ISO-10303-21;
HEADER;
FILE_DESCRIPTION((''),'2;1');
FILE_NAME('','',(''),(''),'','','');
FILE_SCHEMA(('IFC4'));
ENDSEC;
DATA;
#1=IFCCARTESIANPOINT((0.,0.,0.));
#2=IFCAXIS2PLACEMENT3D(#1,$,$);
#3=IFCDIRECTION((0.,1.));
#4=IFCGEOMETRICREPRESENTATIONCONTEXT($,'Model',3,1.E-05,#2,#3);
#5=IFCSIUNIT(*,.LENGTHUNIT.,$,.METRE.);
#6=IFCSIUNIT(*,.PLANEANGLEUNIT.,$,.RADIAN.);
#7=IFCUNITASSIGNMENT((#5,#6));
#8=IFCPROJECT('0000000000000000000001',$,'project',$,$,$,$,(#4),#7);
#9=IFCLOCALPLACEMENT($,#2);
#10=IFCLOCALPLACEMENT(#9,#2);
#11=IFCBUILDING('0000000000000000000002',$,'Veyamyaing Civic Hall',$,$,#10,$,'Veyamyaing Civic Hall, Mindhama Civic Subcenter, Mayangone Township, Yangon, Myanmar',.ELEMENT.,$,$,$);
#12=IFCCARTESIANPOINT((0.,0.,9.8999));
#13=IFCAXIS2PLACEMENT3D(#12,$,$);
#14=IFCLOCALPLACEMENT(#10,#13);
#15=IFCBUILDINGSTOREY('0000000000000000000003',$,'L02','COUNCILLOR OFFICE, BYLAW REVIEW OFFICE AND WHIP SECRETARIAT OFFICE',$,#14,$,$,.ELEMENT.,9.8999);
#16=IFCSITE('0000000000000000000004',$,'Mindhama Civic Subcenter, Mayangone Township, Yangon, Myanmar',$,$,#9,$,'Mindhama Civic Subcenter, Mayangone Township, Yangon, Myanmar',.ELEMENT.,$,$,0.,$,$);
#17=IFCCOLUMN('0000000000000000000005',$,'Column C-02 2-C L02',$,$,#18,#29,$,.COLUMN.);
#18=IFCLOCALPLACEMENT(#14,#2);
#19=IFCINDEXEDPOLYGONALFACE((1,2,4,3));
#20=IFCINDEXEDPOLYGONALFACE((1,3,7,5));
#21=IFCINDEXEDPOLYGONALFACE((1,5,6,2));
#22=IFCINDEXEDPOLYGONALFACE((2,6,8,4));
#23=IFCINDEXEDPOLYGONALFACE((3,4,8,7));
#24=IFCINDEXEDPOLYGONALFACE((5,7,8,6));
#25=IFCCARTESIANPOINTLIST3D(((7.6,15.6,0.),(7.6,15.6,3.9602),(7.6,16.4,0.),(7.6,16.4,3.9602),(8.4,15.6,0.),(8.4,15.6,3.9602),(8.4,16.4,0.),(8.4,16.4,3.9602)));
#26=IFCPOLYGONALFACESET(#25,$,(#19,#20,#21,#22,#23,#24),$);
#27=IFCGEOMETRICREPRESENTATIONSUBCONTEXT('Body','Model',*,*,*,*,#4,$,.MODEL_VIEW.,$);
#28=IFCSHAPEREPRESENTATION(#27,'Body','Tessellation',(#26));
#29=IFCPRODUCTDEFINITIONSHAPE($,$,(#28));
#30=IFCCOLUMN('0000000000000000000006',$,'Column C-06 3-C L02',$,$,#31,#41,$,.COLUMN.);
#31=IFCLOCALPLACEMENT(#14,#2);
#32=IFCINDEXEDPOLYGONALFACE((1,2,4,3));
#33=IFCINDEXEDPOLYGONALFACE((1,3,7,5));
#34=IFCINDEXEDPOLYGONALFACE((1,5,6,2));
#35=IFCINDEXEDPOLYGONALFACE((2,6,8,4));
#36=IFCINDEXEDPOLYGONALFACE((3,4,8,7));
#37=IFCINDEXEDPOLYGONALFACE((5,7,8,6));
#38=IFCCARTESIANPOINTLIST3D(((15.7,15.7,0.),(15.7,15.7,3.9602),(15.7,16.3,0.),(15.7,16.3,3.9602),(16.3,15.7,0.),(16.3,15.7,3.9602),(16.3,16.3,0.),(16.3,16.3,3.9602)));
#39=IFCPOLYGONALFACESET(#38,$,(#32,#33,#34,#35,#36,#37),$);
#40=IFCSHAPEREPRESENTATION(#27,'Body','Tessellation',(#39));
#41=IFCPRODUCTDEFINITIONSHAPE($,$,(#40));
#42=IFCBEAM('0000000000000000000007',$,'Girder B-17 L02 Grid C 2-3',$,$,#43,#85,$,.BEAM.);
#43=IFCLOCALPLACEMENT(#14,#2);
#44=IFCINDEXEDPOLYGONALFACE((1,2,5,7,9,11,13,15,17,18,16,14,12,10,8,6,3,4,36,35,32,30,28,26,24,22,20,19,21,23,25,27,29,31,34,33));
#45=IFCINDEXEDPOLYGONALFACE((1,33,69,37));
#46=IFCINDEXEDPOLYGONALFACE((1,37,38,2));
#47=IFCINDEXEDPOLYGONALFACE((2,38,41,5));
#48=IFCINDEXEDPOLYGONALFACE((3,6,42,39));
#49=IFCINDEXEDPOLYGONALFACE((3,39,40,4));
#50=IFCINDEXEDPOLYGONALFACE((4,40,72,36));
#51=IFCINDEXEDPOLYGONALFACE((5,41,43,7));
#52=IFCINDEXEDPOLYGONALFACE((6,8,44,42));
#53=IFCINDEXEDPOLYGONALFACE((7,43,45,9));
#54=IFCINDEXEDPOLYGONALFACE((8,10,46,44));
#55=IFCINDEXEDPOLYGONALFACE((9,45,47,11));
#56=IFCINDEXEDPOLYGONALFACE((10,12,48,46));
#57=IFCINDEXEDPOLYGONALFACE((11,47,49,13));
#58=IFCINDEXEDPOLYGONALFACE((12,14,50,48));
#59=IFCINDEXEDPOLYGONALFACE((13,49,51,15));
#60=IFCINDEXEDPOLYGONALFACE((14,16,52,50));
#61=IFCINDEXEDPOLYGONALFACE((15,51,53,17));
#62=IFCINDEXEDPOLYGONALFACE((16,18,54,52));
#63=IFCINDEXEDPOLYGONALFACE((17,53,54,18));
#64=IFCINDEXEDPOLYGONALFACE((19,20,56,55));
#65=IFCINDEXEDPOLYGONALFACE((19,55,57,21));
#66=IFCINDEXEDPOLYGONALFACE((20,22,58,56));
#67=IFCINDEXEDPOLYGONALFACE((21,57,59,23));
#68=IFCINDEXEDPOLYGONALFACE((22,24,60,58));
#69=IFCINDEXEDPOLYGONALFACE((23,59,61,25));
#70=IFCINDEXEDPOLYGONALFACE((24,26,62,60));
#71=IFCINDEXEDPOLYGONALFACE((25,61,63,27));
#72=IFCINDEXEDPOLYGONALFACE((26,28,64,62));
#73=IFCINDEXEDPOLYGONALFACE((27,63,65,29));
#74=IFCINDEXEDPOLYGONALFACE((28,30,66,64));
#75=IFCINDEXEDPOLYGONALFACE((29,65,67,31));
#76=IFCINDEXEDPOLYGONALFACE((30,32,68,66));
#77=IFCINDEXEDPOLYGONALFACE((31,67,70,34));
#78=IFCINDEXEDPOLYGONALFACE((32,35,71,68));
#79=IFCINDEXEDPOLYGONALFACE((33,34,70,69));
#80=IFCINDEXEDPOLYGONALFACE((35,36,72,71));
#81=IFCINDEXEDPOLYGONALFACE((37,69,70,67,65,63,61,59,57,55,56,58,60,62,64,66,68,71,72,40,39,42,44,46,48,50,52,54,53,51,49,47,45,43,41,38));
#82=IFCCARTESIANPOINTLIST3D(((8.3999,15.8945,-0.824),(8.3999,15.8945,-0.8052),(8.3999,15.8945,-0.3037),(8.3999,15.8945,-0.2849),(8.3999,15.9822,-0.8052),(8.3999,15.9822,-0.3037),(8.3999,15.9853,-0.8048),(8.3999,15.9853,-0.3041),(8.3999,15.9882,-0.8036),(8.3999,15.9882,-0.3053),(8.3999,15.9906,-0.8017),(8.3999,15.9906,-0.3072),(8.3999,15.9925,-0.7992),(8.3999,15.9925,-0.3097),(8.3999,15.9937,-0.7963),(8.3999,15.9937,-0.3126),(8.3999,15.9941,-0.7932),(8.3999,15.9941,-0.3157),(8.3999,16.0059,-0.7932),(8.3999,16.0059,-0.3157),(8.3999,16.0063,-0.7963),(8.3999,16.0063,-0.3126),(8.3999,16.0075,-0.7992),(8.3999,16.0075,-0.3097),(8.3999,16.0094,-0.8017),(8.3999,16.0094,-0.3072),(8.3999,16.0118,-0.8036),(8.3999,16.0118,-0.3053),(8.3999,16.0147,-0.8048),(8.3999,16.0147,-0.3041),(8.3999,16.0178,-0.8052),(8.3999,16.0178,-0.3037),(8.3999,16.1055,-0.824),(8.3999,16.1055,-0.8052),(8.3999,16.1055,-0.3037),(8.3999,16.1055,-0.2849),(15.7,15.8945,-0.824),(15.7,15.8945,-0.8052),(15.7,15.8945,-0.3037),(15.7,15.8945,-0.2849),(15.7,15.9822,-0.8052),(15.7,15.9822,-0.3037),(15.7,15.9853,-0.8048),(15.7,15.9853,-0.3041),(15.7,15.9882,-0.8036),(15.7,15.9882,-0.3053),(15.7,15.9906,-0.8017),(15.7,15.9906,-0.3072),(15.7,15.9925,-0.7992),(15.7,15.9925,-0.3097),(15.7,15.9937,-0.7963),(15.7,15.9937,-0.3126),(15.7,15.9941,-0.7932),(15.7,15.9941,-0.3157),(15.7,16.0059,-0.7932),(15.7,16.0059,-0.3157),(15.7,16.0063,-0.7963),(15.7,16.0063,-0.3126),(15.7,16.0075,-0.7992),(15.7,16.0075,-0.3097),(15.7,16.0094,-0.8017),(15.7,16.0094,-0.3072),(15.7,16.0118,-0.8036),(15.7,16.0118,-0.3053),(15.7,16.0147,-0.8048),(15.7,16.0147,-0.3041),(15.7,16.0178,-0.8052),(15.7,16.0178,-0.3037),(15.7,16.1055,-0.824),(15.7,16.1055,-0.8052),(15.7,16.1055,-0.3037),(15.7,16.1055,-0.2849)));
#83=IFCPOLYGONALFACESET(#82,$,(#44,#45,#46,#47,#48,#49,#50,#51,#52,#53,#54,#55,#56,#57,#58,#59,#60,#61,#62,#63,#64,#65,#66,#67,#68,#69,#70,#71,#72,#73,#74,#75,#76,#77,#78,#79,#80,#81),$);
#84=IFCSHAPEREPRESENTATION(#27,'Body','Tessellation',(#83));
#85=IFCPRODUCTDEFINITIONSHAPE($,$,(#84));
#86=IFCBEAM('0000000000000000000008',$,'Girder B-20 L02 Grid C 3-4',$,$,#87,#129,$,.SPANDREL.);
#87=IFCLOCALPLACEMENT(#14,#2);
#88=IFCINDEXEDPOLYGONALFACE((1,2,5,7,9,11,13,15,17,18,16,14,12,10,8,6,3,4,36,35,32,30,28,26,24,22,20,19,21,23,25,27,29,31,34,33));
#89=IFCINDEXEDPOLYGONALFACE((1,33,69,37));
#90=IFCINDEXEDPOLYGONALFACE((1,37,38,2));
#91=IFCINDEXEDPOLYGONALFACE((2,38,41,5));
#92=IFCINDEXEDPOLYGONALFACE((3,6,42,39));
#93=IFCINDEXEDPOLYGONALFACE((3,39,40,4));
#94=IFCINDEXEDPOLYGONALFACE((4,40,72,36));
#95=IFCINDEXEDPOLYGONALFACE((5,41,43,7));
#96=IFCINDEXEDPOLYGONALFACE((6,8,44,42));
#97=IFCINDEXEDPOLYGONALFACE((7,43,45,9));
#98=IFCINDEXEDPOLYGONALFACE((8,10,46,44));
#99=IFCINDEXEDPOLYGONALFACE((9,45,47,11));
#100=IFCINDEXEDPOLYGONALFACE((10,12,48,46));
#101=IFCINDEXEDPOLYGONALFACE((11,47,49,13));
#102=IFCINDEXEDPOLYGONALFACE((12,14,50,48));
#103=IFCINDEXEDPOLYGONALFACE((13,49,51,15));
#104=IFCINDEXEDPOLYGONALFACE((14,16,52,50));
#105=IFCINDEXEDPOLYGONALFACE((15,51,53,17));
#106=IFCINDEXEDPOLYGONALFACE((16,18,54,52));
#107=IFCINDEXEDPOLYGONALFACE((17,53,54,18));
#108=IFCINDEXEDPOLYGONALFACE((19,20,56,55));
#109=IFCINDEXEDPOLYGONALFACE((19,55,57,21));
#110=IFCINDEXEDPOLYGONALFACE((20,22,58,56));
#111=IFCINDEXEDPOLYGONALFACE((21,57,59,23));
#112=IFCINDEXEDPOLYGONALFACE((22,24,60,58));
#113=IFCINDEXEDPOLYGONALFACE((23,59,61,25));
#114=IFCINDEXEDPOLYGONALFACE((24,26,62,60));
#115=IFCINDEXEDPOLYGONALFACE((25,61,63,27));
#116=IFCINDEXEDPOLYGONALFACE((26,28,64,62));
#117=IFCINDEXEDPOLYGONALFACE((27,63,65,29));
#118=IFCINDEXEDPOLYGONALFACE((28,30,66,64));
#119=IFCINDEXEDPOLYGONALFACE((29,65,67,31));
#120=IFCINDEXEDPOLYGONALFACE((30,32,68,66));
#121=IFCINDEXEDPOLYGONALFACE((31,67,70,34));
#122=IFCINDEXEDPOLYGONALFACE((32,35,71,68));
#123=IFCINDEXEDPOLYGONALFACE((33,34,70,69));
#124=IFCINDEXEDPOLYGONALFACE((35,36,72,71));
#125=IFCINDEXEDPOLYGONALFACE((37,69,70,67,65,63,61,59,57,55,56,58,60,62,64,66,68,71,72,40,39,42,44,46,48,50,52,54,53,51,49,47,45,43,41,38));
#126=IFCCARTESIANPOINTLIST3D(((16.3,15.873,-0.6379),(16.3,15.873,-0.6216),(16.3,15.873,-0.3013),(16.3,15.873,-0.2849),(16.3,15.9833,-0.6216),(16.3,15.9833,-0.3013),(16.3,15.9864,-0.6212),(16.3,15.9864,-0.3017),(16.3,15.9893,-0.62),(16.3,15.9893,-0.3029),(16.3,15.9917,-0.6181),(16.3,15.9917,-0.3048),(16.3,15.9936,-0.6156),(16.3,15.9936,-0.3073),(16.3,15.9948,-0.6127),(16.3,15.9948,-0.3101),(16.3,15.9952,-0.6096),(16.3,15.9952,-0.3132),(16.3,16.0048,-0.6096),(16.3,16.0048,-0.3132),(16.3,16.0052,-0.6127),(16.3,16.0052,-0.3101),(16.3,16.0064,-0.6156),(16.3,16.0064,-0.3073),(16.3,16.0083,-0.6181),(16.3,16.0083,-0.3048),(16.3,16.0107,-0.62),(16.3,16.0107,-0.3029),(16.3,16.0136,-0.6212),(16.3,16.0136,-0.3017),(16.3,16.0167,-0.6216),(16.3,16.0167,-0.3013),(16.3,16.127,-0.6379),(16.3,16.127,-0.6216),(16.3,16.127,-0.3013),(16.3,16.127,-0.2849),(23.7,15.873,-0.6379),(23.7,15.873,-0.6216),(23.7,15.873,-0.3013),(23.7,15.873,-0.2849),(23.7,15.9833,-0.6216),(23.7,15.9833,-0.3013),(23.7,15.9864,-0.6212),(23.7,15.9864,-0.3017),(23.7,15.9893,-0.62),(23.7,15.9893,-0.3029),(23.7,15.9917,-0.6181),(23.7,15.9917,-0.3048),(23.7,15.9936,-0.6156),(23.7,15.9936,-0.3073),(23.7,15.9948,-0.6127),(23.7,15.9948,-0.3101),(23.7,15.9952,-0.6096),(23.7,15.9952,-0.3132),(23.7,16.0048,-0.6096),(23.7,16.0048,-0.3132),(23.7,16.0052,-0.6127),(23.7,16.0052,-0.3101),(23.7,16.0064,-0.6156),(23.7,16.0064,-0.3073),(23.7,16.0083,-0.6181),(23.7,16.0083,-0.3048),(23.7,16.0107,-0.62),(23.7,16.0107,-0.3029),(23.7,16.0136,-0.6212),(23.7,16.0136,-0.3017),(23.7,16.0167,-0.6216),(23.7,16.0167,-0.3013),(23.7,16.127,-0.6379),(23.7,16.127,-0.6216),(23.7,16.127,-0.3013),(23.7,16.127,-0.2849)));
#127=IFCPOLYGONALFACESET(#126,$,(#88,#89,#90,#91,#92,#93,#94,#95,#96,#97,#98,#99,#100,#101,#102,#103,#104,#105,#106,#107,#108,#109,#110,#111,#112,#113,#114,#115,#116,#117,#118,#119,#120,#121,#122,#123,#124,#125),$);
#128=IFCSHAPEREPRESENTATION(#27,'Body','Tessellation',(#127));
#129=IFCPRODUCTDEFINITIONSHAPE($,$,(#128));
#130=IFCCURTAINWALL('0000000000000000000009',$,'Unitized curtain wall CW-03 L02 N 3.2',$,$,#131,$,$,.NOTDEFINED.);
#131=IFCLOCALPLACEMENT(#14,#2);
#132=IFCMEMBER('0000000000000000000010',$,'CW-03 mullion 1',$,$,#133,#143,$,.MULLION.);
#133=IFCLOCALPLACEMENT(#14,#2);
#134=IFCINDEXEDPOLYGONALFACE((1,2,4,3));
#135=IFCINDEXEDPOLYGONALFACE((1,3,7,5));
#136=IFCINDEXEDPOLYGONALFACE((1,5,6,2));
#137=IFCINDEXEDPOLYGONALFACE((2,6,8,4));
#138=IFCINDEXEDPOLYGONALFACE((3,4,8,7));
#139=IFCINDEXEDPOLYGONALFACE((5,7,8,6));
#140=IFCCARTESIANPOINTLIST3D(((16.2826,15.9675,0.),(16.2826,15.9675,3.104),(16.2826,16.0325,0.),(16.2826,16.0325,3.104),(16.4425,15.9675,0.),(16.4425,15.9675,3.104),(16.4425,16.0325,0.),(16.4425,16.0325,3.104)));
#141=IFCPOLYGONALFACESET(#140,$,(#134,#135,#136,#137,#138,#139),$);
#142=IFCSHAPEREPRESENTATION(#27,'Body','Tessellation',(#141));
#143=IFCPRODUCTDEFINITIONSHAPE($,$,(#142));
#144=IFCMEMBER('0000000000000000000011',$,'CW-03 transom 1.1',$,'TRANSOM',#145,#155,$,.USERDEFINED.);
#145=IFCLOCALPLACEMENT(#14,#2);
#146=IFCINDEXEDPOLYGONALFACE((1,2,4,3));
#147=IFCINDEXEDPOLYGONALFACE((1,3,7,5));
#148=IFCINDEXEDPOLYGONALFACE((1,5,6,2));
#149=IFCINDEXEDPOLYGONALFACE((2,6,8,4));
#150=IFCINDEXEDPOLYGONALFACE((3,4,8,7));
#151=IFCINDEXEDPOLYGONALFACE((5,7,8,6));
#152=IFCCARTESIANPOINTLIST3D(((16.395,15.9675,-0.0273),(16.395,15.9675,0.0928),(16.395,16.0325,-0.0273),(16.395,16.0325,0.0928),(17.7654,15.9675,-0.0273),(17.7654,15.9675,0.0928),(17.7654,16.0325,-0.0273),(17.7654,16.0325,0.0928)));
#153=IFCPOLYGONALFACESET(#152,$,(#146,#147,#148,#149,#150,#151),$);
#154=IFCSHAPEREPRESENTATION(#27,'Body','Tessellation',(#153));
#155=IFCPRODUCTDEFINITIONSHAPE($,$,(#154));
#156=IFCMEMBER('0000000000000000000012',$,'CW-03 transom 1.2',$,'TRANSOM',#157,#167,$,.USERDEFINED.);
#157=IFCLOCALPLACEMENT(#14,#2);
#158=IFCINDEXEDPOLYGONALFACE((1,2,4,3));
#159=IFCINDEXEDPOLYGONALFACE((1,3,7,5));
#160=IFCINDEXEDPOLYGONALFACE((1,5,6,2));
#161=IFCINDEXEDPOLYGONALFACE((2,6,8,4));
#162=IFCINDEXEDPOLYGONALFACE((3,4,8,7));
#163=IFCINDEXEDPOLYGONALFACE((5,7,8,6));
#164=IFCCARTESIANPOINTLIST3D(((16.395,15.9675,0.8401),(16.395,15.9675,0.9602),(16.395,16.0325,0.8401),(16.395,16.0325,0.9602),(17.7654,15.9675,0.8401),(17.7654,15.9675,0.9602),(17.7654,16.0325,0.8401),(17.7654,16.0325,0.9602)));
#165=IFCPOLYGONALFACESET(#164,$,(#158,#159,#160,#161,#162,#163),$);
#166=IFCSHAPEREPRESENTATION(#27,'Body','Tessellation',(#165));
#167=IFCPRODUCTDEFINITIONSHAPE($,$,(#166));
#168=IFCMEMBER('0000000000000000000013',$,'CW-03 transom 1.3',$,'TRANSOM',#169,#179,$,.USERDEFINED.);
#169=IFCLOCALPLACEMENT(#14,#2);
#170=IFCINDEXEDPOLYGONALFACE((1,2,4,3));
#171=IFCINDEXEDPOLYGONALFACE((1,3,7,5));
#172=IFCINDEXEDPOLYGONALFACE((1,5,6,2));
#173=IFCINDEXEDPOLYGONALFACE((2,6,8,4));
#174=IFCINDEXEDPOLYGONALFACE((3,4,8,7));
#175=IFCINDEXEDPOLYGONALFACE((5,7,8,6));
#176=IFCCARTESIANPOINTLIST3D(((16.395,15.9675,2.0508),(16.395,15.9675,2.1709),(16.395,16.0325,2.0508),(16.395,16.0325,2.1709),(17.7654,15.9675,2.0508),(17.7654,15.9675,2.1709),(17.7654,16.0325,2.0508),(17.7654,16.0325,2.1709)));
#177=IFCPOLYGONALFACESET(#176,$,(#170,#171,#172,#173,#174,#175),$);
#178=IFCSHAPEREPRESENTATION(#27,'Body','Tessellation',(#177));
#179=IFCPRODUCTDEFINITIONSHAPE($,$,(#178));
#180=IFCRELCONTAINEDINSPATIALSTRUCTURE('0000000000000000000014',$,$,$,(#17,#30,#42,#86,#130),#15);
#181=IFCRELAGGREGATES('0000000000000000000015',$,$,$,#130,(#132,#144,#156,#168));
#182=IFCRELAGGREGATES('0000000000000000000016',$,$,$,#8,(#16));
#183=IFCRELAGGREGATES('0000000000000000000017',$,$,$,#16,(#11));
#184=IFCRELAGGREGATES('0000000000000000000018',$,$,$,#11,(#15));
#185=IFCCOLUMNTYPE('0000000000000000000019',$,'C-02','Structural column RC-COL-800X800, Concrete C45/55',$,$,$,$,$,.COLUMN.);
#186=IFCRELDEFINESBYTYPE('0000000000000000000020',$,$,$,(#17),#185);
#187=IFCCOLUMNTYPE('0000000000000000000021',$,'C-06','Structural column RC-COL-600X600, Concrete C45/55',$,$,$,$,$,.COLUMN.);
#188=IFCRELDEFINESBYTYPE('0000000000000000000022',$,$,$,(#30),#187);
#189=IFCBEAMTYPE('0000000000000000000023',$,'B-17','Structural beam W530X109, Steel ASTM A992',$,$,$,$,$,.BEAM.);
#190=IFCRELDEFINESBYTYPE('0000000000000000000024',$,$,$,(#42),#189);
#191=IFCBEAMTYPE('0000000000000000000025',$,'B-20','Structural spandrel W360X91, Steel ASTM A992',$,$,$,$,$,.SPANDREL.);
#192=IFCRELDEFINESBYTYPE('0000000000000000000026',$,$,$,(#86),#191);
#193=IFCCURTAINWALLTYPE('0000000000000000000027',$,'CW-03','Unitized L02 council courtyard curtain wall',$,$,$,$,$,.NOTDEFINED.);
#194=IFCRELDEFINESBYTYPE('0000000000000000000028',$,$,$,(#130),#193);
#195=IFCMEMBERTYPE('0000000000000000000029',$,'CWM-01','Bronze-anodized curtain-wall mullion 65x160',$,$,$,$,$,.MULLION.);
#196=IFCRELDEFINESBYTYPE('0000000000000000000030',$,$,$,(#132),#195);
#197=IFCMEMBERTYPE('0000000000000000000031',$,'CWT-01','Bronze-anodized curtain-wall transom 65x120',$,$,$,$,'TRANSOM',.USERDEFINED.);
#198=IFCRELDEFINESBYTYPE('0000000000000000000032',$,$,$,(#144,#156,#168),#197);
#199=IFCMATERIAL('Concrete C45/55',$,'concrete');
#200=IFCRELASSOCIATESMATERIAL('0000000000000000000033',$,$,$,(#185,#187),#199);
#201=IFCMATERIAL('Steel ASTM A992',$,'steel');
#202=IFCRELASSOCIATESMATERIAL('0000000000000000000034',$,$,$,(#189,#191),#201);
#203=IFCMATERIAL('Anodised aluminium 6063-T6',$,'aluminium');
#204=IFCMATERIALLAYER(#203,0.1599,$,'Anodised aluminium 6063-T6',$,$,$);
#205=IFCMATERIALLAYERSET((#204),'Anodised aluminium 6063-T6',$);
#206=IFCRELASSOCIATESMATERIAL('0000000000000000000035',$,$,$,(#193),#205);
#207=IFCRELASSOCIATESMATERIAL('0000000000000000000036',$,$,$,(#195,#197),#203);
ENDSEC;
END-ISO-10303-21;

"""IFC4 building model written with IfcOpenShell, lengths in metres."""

from ifc_helpers import new_model, si_unit, direction, frame, origin, origin_2d, place, context, subcontext, project, spatial, rectangle, i_section, extrude, material, layer, layer_set, material_profile, profile_set, type_object, element, aggregate, save


model = new_model("IFC4")

# Units and contexts
model_context = context("Model", 3, precision=1e-05, world=origin(), true_north=direction((0.0, 1.0)))
body_context = subcontext(model_context, "Body", "Model", "MODEL_VIEW")
ifc_project = project(units=[si_unit("LENGTHUNIT", "METRE"), si_unit("PLANEANGLEUNIT", "RADIAN")], contexts=[model_context])

# Site, building, storey
site_placement = place(None, origin())
site = spatial("IfcSite", under=ifc_project, at=site_placement, Name="Mindhama Civic Subcenter, Mayangone Township, Yangon, Myanmar", LongName="Mindhama Civic Subcenter, Mayangone Township, Yangon, Myanmar", CompositionType="ELEMENT", RefElevation=0.0)
building_placement = place(site_placement, origin())
building = spatial("IfcBuilding", under=site, at=building_placement, Name="Veyamyaing Civic Hall", LongName="Veyamyaing Civic Hall, Mindhama Civic Subcenter, Mayangone Township, Yangon, Myanmar", CompositionType="ELEMENT")
storey_placement = place(building_placement, frame((0.0, 0.0, 9.8999)))
storey = spatial("IfcBuildingStorey", under=building, at=storey_placement, Name="L02", Description="COUNCILLOR OFFICE, BYLAW REVIEW OFFICE AND WHIP SECRETARIAT OFFICE", CompositionType="ELEMENT", Elevation=9.8999)

# Columns
ifc_material_1 = material(Name="Concrete C45/55", Category="concrete")
ifc_material_profile_1 = material_profile(ifc_material_1, rectangle(XDim=0.8, YDim=0.8, at=origin_2d()), Name="RC-COL-800X800")
ifc_profile_set_1 = profile_set([ifc_material_profile_1], Name="Concrete C45/55")
column_type_1 = type_object("IfcColumnType", Name="C-02", Description="Structural column RC-COL-800X800, Concrete C45/55", PredefinedType="COLUMN", material=ifc_profile_set_1)
column_1_placement = place(storey_placement, frame((8.0, 16.0, 0.0), z_axis=(0.0, 0.0, 1.0), x_axis=(1.0, 0.0, 0.0)))
element("IfcColumn", 1, at=column_1_placement, inside=storey, type_object=column_type_1, Name="Column C-02 2-C L02", PredefinedType="COLUMN", context=body_context, shape_type="SweptSolid", body=[
    extrude(rectangle(XDim=0.8, YDim=0.8, at=origin_2d()), origin(), (0.0, 0.0, 1.0), 3.9602),
])
ifc_material_profile_2 = material_profile(ifc_material_1, rectangle(XDim=0.6001, YDim=0.6001, at=origin_2d()), Name="RC-COL-600X600")
ifc_profile_set_2 = profile_set([ifc_material_profile_2], Name="Concrete C45/55")
column_type_2 = type_object("IfcColumnType", Name="C-06", Description="Structural column RC-COL-600X600, Concrete C45/55", PredefinedType="COLUMN", material=ifc_profile_set_2)
column_2_placement = place(storey_placement, frame((16.0, 16.0, 0.0), z_axis=(0.0, 0.0, 1.0), x_axis=(1.0, 0.0, 0.0)))
element("IfcColumn", 2, at=column_2_placement, inside=storey, type_object=column_type_2, Name="Column C-06 3-C L02", PredefinedType="COLUMN", context=body_context, shape_type="SweptSolid", body=[
    extrude(rectangle(XDim=0.6001, YDim=0.6001, at=origin_2d()), origin(), (0.0, 0.0, 1.0), 3.9602),
])

# Beams
ifc_material_2 = material(Name="Steel ASTM A992", Category="steel")
ifc_material_profile_3 = material_profile(ifc_material_2, i_section(OverallWidth=0.2109, OverallDepth=0.5391, WebThickness=0.0117, FlangeThickness=0.0188, FilletRadius=0.012, at=origin_2d()), Name="W530X109")
ifc_profile_set_3 = profile_set([ifc_material_profile_3], Name="Steel ASTM A992")
beam_type_1 = type_object("IfcBeamType", Name="B-17", Description="Structural beam W530X109, Steel ASTM A992", PredefinedType="BEAM", material=ifc_profile_set_3)
beam_1_placement = place(storey_placement, frame((8.3999, 16.0, -0.5544), z_axis=(1.0, 0.0, 0.0), x_axis=(0.0, 1.0, 0.0)))
element("IfcBeam", 3, at=beam_1_placement, inside=storey, type_object=beam_type_1, Name="Girder B-17 L02 Grid C 2-3", PredefinedType="BEAM", context=body_context, shape_type="SweptSolid", body=[
    extrude(i_section(OverallWidth=0.2109, OverallDepth=0.5391, WebThickness=0.0117, FlangeThickness=0.0188, FilletRadius=0.012, at=origin_2d()), origin(), (0.0, 0.0, 1.0), 7.3),
])
ifc_material_profile_4 = material_profile(ifc_material_2, i_section(OverallWidth=0.2539, OverallDepth=0.353, WebThickness=0.0095, FlangeThickness=0.0164, FilletRadius=0.012, at=origin_2d()), Name="W360X91")
ifc_profile_set_4 = profile_set([ifc_material_profile_4], Name="Steel ASTM A992")
beam_type_2 = type_object("IfcBeamType", Name="B-20", Description="Structural spandrel W360X91, Steel ASTM A992", PredefinedType="SPANDREL", material=ifc_profile_set_4)
beam_2_placement = place(storey_placement, frame((16.3, 16.0, -0.4614), z_axis=(1.0, 0.0, 0.0), x_axis=(0.0, 1.0, 0.0)))
element("IfcBeam", 4, at=beam_2_placement, inside=storey, type_object=beam_type_2, Name="Girder B-20 L02 Grid C 3-4", PredefinedType="SPANDREL", context=body_context, shape_type="SweptSolid", body=[
    extrude(i_section(OverallWidth=0.2539, OverallDepth=0.353, WebThickness=0.0095, FlangeThickness=0.0164, FilletRadius=0.012, at=origin_2d()), origin(), (0.0, 0.0, 1.0), 7.3999),
])

# Curtain wall, members
ifc_material_3 = material(Name="Anodised aluminium 6063-T6", Category="aluminium")
ifc_layer_1 = layer(ifc_material_3, 0.1599, Name="Anodised aluminium 6063-T6")
ifc_layer_set_1 = layer_set([ifc_layer_1], Name="Anodised aluminium 6063-T6")
curtain_wall_type = type_object("IfcCurtainWallType", Name="CW-03", Description="Unitized L02 council courtyard curtain wall", PredefinedType="NOTDEFINED", material=ifc_layer_set_1)
curtain_wall_placement = place(storey_placement, origin())
curtain_wall = element("IfcCurtainWall", 5, at=curtain_wall_placement, inside=storey, type_object=curtain_wall_type, Name="Unitized curtain wall CW-03 L02 N 3.2", PredefinedType="NOTDEFINED")
ifc_material_profile_5 = material_profile(ifc_material_3, rectangle(XDim=0.0649, YDim=0.1599, at=origin_2d()), Name="ALU-MUL-65X160")
ifc_profile_set_5 = profile_set([ifc_material_profile_5], Name="Anodised aluminium 6063-T6")
member_type_1 = type_object("IfcMemberType", Name="CWM-01", Description="Bronze-anodized curtain-wall mullion 65x160", PredefinedType="MULLION", material=ifc_profile_set_5)
member_1_placement = place(storey_placement, frame((16.3625, 16.0, 0.0), z_axis=(0.0, 0.0, 1.0), x_axis=(0.0, 1.0, 0.0)))
member_1 = element("IfcMember", 6, at=member_1_placement, type_object=member_type_1, Name="CW-03 mullion 1", PredefinedType="MULLION", context=body_context, shape_type="SweptSolid", body=[
    extrude(rectangle(XDim=0.0649, YDim=0.1599, at=origin_2d()), origin(), (0.0, 0.0, 1.0), 3.104),
])
ifc_material_profile_6 = material_profile(ifc_material_3, rectangle(XDim=0.0649, YDim=0.1201, at=origin_2d()), Name="ALU-TRN-65X120")
ifc_profile_set_6 = profile_set([ifc_material_profile_6], Name="Anodised aluminium 6063-T6")
member_type_2 = type_object("IfcMemberType", Name="CWT-01", Description="Bronze-anodized curtain-wall transom 65x120", ElementType="TRANSOM", PredefinedType="USERDEFINED", material=ifc_profile_set_6)
member_2_placement = place(storey_placement, frame((16.395, 16.0, 0.0327), z_axis=(1.0, 0.0, 0.0), x_axis=(0.0, 1.0, 0.0)))
member_2 = element("IfcMember", 7, at=member_2_placement, type_object=member_type_2, Name="CW-03 transom 1.1", ObjectType="TRANSOM", PredefinedType="USERDEFINED", context=body_context, shape_type="SweptSolid", body=[
    extrude(rectangle(XDim=0.0649, YDim=0.1201, at=origin_2d()), origin(), (0.0, 0.0, 1.0), 1.3704),
])
member_3_placement = place(storey_placement, frame((16.395, 16.0, 0.9001), z_axis=(1.0, 0.0, 0.0), x_axis=(0.0, 1.0, 0.0)))
member_3 = element("IfcMember", 8, at=member_3_placement, type_object=member_type_2, Name="CW-03 transom 1.2", ObjectType="TRANSOM", PredefinedType="USERDEFINED", context=body_context, shape_type="SweptSolid", body=[
    extrude(rectangle(XDim=0.0649, YDim=0.1201, at=origin_2d()), origin(), (0.0, 0.0, 1.0), 1.3704),
])
member_4_placement = place(storey_placement, frame((16.395, 16.0, 2.1108), z_axis=(1.0, 0.0, 0.0), x_axis=(0.0, 1.0, 0.0)))
member_4 = element("IfcMember", 9, at=member_4_placement, type_object=member_type_2, Name="CW-03 transom 1.3", ObjectType="TRANSOM", PredefinedType="USERDEFINED", context=body_context, shape_type="SweptSolid", body=[
    extrude(rectangle(XDim=0.0649, YDim=0.1201, at=origin_2d()), origin(), (0.0, 0.0, 1.0), 1.3704),
])

aggregate(curtain_wall, [member_1, member_2, member_3, member_4])

save(model, "model.ifc")
